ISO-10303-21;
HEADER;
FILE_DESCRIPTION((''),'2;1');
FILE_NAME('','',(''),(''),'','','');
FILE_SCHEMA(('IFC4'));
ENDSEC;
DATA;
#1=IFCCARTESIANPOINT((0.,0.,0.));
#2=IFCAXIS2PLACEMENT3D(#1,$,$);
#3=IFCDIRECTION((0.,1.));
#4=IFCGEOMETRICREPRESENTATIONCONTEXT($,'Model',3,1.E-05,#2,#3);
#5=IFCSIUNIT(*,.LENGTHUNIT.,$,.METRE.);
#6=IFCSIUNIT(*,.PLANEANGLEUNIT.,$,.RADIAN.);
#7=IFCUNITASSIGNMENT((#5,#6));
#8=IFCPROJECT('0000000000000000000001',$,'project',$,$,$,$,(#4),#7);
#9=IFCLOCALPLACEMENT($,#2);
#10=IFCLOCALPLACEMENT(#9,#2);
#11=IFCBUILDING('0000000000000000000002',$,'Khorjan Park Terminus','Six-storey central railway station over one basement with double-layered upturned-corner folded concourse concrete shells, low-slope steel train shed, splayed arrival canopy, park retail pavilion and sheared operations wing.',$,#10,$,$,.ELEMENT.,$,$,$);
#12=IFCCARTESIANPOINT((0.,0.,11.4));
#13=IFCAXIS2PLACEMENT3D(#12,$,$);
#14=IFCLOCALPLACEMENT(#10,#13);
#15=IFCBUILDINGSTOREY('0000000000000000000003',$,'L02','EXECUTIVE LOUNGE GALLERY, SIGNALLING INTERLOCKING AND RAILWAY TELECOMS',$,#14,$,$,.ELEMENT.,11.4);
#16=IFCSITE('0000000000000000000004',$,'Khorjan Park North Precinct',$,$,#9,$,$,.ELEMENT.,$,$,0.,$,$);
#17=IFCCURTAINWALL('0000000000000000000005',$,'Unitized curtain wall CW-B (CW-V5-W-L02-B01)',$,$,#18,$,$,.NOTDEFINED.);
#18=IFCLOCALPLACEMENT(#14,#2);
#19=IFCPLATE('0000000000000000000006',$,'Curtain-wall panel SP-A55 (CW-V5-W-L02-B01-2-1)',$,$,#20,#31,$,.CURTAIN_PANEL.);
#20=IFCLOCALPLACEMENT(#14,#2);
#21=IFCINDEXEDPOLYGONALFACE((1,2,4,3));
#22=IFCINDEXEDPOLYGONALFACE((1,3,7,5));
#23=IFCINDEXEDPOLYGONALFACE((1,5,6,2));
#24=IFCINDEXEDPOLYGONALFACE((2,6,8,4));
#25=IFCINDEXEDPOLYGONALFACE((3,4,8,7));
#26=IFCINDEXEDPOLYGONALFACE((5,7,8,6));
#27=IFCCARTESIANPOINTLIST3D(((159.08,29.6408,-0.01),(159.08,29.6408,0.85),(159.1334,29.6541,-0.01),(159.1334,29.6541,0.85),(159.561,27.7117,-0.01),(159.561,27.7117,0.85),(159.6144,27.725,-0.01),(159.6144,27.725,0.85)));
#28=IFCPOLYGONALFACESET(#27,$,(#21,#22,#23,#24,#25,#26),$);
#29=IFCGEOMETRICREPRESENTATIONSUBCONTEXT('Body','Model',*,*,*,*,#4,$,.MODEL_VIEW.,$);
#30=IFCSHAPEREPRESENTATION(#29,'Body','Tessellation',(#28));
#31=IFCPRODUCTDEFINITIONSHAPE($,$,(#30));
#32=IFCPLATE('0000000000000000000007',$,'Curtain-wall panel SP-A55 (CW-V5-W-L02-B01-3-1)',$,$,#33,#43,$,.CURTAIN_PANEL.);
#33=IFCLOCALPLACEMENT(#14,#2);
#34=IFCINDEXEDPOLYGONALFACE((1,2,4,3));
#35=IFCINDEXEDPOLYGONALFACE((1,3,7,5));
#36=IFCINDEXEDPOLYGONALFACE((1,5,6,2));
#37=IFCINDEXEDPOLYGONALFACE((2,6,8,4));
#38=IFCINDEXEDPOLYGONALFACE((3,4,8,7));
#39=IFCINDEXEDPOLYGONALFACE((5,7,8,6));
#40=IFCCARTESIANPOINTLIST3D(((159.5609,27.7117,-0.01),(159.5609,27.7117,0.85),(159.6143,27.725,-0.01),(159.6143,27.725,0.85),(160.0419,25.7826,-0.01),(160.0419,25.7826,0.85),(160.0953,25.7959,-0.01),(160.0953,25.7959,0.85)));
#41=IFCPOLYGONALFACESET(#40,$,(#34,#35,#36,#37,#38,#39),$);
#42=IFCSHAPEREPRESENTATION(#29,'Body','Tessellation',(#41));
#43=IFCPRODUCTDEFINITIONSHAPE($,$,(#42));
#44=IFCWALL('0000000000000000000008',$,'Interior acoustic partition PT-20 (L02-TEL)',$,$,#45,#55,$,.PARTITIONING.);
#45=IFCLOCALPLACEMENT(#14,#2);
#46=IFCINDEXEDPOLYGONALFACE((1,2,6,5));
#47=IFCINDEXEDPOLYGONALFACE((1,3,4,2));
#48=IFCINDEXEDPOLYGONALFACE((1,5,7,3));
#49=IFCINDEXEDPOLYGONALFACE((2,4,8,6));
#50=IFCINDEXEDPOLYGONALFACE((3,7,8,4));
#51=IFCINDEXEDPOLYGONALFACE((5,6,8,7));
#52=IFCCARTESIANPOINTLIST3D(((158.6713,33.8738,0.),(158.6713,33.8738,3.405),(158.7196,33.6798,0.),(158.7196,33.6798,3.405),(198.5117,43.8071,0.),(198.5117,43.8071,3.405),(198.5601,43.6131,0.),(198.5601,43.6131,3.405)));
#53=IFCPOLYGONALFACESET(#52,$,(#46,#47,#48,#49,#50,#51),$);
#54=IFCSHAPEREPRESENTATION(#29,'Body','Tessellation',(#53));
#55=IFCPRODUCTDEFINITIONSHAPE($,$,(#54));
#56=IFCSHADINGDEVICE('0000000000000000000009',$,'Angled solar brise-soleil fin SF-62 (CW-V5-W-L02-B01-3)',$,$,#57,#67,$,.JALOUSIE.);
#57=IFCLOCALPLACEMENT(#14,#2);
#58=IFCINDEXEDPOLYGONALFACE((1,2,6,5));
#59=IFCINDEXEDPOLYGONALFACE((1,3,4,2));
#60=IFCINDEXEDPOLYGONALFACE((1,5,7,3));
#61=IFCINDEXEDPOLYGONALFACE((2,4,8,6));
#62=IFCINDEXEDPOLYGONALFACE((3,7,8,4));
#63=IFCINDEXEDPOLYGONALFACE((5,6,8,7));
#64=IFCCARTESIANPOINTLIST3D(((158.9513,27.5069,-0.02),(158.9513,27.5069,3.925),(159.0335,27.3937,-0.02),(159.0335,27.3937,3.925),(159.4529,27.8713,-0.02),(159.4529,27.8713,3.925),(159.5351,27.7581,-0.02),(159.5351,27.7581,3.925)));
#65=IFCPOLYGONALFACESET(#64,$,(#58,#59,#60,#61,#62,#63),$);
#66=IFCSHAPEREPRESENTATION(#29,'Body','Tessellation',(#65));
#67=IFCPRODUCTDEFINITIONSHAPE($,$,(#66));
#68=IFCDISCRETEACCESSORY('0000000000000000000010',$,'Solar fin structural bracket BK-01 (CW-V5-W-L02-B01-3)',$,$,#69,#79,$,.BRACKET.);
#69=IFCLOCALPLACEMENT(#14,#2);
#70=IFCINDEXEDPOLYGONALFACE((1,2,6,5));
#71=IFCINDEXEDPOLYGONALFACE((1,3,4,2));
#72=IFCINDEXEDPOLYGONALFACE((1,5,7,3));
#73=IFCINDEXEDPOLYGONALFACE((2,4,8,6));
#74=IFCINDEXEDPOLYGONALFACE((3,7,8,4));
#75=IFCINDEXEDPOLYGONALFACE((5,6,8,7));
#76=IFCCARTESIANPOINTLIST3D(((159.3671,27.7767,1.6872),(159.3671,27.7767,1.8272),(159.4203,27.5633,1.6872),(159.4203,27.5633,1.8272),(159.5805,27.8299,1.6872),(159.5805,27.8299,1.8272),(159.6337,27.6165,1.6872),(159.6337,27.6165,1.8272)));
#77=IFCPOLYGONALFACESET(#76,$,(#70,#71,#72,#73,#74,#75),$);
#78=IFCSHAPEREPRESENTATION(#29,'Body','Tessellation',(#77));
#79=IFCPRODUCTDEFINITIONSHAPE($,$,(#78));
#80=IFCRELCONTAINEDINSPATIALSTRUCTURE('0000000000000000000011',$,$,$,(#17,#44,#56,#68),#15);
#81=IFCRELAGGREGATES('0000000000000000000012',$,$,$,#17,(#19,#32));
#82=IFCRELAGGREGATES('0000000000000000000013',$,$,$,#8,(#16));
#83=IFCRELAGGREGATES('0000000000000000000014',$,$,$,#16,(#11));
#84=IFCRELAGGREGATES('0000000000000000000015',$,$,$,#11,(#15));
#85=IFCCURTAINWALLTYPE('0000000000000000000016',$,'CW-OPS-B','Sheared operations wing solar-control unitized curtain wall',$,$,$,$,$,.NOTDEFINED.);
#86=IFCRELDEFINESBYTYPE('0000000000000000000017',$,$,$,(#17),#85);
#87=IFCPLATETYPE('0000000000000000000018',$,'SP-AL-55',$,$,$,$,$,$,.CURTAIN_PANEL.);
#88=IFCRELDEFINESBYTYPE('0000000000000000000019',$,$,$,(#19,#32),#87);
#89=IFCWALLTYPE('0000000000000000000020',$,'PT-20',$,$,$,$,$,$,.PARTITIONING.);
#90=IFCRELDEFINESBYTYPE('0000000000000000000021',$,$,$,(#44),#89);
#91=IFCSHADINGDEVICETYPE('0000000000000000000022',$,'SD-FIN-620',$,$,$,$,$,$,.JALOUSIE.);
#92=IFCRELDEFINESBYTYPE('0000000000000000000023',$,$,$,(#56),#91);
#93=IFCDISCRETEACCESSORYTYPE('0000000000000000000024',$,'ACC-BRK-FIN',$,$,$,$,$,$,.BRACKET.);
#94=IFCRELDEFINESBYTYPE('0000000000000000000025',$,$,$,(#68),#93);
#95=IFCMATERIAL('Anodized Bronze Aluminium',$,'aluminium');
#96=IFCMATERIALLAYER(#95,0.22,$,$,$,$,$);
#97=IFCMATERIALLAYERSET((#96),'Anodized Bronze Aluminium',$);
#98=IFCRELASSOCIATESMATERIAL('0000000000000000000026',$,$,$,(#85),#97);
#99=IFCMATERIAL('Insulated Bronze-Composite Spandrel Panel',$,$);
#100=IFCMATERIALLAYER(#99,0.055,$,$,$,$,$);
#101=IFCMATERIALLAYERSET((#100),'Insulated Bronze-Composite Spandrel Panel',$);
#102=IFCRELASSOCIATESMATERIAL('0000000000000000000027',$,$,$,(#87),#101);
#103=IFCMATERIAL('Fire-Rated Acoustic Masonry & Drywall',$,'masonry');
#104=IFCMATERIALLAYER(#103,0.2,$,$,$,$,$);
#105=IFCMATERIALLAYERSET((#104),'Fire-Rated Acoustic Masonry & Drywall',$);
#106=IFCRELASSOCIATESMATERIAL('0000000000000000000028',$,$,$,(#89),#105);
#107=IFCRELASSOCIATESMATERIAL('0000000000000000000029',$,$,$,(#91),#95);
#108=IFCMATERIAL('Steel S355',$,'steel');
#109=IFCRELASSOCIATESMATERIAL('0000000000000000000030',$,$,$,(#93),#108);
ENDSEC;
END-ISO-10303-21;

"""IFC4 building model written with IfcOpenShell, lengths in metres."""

from ifc_helpers import new_model, si_unit, direction, frame, frame_2d, origin, origin_2d, place, context, subcontext, project, spatial, rectangle, extrude, material, layer, layer_set, type_object, element, aggregate, save


model = new_model("IFC4")

# Units and contexts
model_context = context("Model", 3, precision=1e-05, world=origin(), true_north=direction((0.0, 1.0)))
body_context = subcontext(model_context, "Body", "Model", "MODEL_VIEW")
ifc_project = project(units=[si_unit("LENGTHUNIT", "METRE"), si_unit("PLANEANGLEUNIT", "RADIAN")], contexts=[model_context])

# Site, building, storey
site_placement = place(None, origin())
site = spatial("IfcSite", under=ifc_project, at=site_placement, Name="Khorjan Park North Precinct", CompositionType="ELEMENT", RefElevation=0.0)
building_placement = place(site_placement, origin())
building = spatial("IfcBuilding", under=site, at=building_placement, Name="Khorjan Park Terminus", Description="Six-storey central railway station over one basement with double-layered upturned-corner folded concourse concrete shells, low-slope steel train shed, splayed arrival canopy, park retail pavilion and sheared operations wing.", CompositionType="ELEMENT")
storey_placement = place(building_placement, frame((0.0, 0.0, 11.4)))
storey = spatial("IfcBuildingStorey", under=building, at=storey_placement, Name="L02", Description="EXECUTIVE LOUNGE GALLERY, SIGNALLING INTERLOCKING AND RAILWAY TELECOMS", CompositionType="ELEMENT", Elevation=11.4)

# Shared definitions
ifc_material_1 = material(Name="Steel S355", Category="steel")

# Curtain wall, plates
ifc_material_2 = material(Name="Anodized Bronze Aluminium", Category="aluminium")
ifc_layer_1 = layer(ifc_material_2, 0.22)
ifc_layer_set_1 = layer_set([ifc_layer_1], Name="Anodized Bronze Aluminium")
curtain_wall_type = type_object("IfcCurtainWallType", Name="CW-OPS-B", Description="Sheared operations wing solar-control unitized curtain wall", PredefinedType="NOTDEFINED", material=ifc_layer_set_1)
curtain_wall_placement = place(storey_placement, origin())
curtain_wall = element("IfcCurtainWall", 1, at=curtain_wall_placement, inside=storey, type_object=curtain_wall_type, Name="Unitized curtain wall CW-B (CW-V5-W-L02-B01)", PredefinedType="NOTDEFINED")
ifc_material_3 = material(Name="Insulated Bronze-Composite Spandrel Panel")
ifc_layer_2 = layer(ifc_material_3, 0.055)
ifc_layer_set_2 = layer_set([ifc_layer_2], Name="Insulated Bronze-Composite Spandrel Panel")
plate_type_1 = type_object("IfcPlateType", Name="SP-AL-55", PredefinedType="CURTAIN_PANEL", material=ifc_layer_set_2)
plate_1_placement = place(storey_placement, frame((159.3472, 28.6829, -0.01), z_axis=(0.0, 0.0, 1.0), x_axis=(0.241915, -0.970297, 0.0)))
plate_1 = element("IfcPlate", 2, at=plate_1_placement, type_object=plate_type_1, Name="Curtain-wall panel SP-A55 (CW-V5-W-L02-B01-2-1)", PredefinedType="CURTAIN_PANEL", context=body_context, shape_type="SweptSolid", body=[
    extrude(rectangle(XDim=1.9881, YDim=0.055, at=origin_2d()), origin(), (0.0, 0.0, 1.0), 0.86),
])
plate_2_placement = place(storey_placement, frame((159.8281, 26.7538, -0.01), z_axis=(0.0, 0.0, 1.0), x_axis=(0.241915, -0.970297, 0.0)))
plate_2 = element("IfcPlate", 3, at=plate_2_placement, type_object=plate_type_1, Name="Curtain-wall panel SP-A55 (CW-V5-W-L02-B01-3-1)", PredefinedType="CURTAIN_PANEL", context=body_context, shape_type="SweptSolid", body=[
    extrude(rectangle(XDim=1.9881, YDim=0.055, at=origin_2d()), origin(), (0.0, 0.0, 1.0), 0.86),
])
aggregate(curtain_wall, [plate_1, plate_2])

# Wall
ifc_material_4 = material(Name="Fire-Rated Acoustic Masonry & Drywall", Category="masonry")
ifc_layer_3 = layer(ifc_material_4, 0.2)
ifc_layer_set_3 = layer_set([ifc_layer_3], Name="Fire-Rated Acoustic Masonry & Drywall")
wall_type = type_object("IfcWallType", Name="PT-20", PredefinedType="PARTITIONING", material=ifc_layer_set_3)
wall_placement = place(storey_placement, frame((158.6955, 33.7768, 0.0), z_axis=(0.0, 0.0, 1.0), x_axis=(0.970296, 0.241921, 0.0)))
element("IfcWall", 4, at=wall_placement, inside=storey, type_object=wall_type, Name="Interior acoustic partition PT-20 (L02-TEL)", PredefinedType="PARTITIONING", context=body_context, shape_type="SweptSolid", body=[
    extrude(rectangle(XDim=41.0601, YDim=0.2, at=frame_2d((20.53, 0.0))), origin(), (0.0, 0.0, 1.0), 3.405),
])

# Shading device
shading_device_type = type_object("IfcShadingDeviceType", Name="SD-FIN-620", PredefinedType="JALOUSIE", material=ifc_material_2)
shading_device_placement = place(storey_placement, frame((159.2432, 27.6325, -0.02), z_axis=(0.0, 0.0, 1.0), x_axis=(0.809017, 0.587785, 0.0)))
element("IfcShadingDevice", 5, at=shading_device_placement, inside=storey, type_object=shading_device_type, Name="Angled solar brise-soleil fin SF-62 (CW-V5-W-L02-B01-3)", PredefinedType="JALOUSIE", context=body_context, shape_type="SweptSolid", body=[
    extrude(rectangle(XDim=0.62, YDim=0.14, at=origin_2d()), origin(), (0.0, 0.0, 1.0), 3.945),
])

# Discrete accessory
discrete_accessory_type = type_object("IfcDiscreteAccessoryType", Name="ACC-BRK-FIN", PredefinedType="BRACKET", material=ifc_material_1)
discrete_accessory_placement = place(storey_placement, frame((159.5004, 27.6966, 1.6872), z_axis=(0.0, 0.0, 1.0), x_axis=(0.241915, -0.970297, 0.0)))
element("IfcDiscreteAccessory", 6, at=discrete_accessory_placement, inside=storey, type_object=discrete_accessory_type, Name="Solar fin structural bracket BK-01 (CW-V5-W-L02-B01-3)", PredefinedType="BRACKET", context=body_context, shape_type="SweptSolid", body=[
    extrude(rectangle(XDim=0.22, YDim=0.22, at=origin_2d()), origin(), (0.0, 0.0, 1.0), 0.14),
])

save(model, "model.ifc")
